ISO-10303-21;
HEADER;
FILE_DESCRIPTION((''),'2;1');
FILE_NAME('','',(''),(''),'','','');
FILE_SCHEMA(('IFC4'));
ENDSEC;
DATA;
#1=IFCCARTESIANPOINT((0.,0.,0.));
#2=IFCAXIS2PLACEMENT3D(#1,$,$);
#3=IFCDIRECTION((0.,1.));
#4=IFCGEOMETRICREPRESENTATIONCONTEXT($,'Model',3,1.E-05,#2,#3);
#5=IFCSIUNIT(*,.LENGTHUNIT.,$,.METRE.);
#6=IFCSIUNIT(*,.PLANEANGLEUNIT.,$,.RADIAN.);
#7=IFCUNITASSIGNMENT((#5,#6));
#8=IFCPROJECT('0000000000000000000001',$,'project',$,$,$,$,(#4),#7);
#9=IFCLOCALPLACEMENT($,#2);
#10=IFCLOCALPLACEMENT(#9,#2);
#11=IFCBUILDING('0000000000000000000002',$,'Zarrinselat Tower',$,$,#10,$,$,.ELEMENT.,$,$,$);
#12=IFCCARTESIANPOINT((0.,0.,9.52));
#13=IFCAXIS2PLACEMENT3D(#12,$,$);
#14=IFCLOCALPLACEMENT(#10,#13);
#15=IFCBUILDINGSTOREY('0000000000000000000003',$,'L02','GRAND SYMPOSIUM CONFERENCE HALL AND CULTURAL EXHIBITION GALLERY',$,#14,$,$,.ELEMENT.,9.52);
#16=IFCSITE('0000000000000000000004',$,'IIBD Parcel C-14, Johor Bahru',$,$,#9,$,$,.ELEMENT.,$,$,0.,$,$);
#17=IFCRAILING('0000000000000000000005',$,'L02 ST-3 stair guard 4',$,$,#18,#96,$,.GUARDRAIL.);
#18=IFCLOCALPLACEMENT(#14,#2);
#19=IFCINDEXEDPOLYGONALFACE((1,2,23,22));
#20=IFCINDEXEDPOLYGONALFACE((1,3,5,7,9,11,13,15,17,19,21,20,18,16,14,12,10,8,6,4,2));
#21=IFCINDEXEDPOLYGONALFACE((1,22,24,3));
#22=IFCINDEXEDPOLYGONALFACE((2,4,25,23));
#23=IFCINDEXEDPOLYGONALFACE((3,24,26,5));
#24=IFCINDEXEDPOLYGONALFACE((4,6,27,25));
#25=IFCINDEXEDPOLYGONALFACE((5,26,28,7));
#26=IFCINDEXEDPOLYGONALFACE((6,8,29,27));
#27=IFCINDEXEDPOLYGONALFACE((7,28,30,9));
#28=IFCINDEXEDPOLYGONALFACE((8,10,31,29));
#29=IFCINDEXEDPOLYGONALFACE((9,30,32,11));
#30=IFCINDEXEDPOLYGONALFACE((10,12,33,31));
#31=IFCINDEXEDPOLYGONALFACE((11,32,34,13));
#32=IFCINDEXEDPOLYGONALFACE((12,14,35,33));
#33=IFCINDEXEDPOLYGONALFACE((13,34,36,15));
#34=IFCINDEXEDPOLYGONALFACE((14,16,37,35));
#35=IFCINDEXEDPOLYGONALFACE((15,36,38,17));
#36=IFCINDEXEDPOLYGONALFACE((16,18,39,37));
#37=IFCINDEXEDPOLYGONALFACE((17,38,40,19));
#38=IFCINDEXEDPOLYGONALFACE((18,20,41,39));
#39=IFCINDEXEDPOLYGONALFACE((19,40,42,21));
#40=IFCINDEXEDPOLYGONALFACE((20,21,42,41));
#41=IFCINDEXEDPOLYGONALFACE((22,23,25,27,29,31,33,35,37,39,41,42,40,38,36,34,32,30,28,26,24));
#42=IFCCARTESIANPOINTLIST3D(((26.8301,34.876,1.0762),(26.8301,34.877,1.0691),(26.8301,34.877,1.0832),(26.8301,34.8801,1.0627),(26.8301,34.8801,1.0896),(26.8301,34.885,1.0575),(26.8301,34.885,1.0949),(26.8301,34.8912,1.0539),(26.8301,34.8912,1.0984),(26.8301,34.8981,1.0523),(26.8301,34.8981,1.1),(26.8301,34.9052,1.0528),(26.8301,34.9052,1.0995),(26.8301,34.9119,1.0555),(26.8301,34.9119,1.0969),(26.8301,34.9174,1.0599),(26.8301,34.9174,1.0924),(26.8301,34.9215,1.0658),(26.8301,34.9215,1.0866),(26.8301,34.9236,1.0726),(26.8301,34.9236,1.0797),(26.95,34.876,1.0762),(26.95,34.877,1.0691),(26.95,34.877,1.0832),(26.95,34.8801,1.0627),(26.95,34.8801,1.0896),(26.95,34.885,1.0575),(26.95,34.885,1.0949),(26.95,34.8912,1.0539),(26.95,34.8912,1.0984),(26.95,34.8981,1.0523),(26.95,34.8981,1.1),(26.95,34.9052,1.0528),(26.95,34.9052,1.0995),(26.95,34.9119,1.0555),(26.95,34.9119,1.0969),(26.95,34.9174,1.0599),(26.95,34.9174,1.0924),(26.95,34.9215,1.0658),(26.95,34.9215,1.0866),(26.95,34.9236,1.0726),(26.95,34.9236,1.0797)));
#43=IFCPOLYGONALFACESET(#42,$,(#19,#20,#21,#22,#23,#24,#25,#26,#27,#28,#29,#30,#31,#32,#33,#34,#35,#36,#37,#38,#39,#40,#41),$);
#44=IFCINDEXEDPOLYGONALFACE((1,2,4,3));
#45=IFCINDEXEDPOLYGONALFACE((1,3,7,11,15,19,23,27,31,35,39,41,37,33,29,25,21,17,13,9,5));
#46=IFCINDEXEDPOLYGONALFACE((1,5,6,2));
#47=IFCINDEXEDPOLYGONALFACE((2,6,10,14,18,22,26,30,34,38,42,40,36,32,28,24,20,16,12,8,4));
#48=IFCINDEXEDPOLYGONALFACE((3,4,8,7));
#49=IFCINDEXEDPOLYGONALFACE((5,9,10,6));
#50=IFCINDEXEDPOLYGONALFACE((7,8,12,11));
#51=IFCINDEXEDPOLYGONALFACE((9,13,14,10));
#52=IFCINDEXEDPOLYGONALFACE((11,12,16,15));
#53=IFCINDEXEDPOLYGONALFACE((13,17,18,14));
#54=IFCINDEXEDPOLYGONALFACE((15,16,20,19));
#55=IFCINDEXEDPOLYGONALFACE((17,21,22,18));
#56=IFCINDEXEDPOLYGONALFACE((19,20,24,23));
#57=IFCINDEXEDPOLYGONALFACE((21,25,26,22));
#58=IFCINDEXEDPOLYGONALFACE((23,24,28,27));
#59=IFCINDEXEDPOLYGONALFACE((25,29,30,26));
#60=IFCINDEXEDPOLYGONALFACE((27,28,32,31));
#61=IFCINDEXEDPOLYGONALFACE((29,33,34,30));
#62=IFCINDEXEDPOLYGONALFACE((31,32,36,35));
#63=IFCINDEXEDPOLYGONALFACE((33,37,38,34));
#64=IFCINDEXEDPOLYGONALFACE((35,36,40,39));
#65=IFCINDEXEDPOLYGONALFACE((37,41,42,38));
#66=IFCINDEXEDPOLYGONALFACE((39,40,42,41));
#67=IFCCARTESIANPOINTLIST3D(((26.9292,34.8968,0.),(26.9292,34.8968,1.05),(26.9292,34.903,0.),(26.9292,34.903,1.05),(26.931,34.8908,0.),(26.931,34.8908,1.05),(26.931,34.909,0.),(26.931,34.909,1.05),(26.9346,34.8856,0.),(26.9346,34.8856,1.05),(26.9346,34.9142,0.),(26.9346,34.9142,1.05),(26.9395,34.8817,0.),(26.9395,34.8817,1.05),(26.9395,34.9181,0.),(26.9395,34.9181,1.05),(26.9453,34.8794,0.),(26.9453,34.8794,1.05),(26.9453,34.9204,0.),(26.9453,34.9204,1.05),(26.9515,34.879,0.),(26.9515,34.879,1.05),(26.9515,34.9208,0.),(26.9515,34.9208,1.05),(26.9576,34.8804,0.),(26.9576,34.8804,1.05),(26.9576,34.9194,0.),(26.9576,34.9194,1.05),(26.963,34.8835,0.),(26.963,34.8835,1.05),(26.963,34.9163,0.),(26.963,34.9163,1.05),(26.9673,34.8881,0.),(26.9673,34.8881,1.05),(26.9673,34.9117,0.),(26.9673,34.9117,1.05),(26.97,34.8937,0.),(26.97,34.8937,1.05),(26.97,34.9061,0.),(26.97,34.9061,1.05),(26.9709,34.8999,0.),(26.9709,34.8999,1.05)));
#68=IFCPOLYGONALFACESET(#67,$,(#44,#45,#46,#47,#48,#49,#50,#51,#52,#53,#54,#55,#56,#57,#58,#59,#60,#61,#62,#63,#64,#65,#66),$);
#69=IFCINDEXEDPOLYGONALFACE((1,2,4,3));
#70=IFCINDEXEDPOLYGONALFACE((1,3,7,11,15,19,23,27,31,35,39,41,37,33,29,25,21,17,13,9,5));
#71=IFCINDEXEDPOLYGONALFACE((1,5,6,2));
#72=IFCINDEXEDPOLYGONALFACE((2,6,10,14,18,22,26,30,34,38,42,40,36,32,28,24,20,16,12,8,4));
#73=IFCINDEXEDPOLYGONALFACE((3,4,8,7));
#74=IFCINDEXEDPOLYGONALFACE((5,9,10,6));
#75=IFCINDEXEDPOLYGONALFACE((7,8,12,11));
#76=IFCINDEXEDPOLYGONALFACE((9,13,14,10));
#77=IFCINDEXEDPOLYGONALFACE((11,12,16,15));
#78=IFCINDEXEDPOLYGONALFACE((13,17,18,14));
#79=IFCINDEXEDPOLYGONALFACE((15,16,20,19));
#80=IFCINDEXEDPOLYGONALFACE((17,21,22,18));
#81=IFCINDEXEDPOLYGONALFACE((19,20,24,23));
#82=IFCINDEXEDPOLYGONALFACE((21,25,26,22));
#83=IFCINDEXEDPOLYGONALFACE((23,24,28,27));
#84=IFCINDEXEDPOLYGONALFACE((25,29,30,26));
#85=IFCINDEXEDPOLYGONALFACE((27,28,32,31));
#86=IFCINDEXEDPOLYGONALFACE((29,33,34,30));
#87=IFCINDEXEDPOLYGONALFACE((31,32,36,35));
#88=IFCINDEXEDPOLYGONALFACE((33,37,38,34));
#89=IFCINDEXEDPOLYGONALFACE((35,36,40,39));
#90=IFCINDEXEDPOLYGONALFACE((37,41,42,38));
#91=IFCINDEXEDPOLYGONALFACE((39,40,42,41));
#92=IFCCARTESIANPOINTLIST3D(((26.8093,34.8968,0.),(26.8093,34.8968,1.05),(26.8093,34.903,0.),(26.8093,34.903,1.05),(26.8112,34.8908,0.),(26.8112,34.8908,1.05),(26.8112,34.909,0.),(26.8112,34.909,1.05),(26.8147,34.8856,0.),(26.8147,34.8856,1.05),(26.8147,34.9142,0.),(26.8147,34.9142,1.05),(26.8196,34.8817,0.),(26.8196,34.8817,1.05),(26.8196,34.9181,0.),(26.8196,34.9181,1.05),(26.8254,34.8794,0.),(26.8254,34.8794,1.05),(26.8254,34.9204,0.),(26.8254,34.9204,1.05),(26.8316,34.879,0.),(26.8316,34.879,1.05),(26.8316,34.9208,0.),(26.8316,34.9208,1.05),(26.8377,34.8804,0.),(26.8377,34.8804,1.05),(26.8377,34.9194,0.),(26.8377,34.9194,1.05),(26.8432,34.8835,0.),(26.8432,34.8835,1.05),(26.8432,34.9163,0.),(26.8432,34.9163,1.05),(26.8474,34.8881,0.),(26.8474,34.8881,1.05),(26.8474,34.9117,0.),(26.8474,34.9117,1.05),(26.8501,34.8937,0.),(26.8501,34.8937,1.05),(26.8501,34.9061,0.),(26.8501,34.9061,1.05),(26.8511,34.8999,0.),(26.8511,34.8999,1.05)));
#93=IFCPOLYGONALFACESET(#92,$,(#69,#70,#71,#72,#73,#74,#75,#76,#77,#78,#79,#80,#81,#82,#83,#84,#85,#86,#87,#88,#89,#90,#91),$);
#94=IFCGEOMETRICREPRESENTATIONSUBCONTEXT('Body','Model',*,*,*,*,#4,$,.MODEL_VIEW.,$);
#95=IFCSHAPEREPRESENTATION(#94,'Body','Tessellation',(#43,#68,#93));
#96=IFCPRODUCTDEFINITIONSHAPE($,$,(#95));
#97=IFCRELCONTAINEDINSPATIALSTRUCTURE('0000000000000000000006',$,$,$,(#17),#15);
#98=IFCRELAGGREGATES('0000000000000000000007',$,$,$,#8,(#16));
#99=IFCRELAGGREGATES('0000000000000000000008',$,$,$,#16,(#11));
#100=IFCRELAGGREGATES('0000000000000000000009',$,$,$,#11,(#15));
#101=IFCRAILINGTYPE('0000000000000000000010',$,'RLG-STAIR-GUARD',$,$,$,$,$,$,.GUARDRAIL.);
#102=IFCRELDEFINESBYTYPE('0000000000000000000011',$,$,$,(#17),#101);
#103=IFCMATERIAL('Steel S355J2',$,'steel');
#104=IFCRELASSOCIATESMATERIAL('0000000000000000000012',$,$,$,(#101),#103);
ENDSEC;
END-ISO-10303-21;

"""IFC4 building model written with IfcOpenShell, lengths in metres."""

from ifc_helpers import new_model, si_unit, direction, frame, origin, origin_2d, place, context, subcontext, project, spatial, circle, extrude, material, type_object, element, save


model = new_model("IFC4")

# Units and contexts
model_context = context("Model", 3, precision=1e-05, world=origin(), true_north=direction((0.0, 1.0)))
body_context = subcontext(model_context, "Body", "Model", "MODEL_VIEW")
ifc_project = project(units=[si_unit("LENGTHUNIT", "METRE"), si_unit("PLANEANGLEUNIT", "RADIAN")], contexts=[model_context])

# Site, building, storey
site_placement = place(None, origin())
site = spatial("IfcSite", under=ifc_project, at=site_placement, Name="IIBD Parcel C-14, Johor Bahru", CompositionType="ELEMENT", RefElevation=0.0)
building_placement = place(site_placement, origin())
building = spatial("IfcBuilding", under=site, at=building_placement, Name="Zarrinselat Tower", CompositionType="ELEMENT")
storey_placement = place(building_placement, frame((0.0, 0.0, 9.52)))
storey = spatial("IfcBuildingStorey", under=building, at=storey_placement, Name="L02", Description="GRAND SYMPOSIUM CONFERENCE HALL AND CULTURAL EXHIBITION GALLERY", CompositionType="ELEMENT", Elevation=9.52)

# Railing
ifc_material_1 = material(Name="Steel S355J2", Category="steel")
railing_type_1 = type_object("IfcRailingType", Name="RLG-STAIR-GUARD", PredefinedType="GUARDRAIL", material=ifc_material_1)
railing_1_placement = place(storey_placement, frame((26.95, 34.8999, 0.0)))
element("IfcRailing", 1, at=railing_1_placement, inside=storey, type_object=railing_type_1, Name="L02 ST-3 stair guard 4", PredefinedType="GUARDRAIL", context=body_context, shape_type="SweptSolid", body=[
    extrude(circle(Radius=0.0239, at=origin_2d()), frame((0.0, 0.0, 1.0762), z_axis=(-1.0, 0.0, 0.0), x_axis=(0.0, -1.0, 0.0)), (0.0, 0.0, 1.0), 0.1199),
    extrude(circle(Radius=0.021, at=origin_2d()), origin(), (0.0, 0.0, 1.0), 1.05),
    extrude(circle(Radius=0.021, at=origin_2d()), frame((-0.1199, 0.0, 0.0)), (0.0, 0.0, 1.0), 1.05),
])

save(model, "model.ifc")
